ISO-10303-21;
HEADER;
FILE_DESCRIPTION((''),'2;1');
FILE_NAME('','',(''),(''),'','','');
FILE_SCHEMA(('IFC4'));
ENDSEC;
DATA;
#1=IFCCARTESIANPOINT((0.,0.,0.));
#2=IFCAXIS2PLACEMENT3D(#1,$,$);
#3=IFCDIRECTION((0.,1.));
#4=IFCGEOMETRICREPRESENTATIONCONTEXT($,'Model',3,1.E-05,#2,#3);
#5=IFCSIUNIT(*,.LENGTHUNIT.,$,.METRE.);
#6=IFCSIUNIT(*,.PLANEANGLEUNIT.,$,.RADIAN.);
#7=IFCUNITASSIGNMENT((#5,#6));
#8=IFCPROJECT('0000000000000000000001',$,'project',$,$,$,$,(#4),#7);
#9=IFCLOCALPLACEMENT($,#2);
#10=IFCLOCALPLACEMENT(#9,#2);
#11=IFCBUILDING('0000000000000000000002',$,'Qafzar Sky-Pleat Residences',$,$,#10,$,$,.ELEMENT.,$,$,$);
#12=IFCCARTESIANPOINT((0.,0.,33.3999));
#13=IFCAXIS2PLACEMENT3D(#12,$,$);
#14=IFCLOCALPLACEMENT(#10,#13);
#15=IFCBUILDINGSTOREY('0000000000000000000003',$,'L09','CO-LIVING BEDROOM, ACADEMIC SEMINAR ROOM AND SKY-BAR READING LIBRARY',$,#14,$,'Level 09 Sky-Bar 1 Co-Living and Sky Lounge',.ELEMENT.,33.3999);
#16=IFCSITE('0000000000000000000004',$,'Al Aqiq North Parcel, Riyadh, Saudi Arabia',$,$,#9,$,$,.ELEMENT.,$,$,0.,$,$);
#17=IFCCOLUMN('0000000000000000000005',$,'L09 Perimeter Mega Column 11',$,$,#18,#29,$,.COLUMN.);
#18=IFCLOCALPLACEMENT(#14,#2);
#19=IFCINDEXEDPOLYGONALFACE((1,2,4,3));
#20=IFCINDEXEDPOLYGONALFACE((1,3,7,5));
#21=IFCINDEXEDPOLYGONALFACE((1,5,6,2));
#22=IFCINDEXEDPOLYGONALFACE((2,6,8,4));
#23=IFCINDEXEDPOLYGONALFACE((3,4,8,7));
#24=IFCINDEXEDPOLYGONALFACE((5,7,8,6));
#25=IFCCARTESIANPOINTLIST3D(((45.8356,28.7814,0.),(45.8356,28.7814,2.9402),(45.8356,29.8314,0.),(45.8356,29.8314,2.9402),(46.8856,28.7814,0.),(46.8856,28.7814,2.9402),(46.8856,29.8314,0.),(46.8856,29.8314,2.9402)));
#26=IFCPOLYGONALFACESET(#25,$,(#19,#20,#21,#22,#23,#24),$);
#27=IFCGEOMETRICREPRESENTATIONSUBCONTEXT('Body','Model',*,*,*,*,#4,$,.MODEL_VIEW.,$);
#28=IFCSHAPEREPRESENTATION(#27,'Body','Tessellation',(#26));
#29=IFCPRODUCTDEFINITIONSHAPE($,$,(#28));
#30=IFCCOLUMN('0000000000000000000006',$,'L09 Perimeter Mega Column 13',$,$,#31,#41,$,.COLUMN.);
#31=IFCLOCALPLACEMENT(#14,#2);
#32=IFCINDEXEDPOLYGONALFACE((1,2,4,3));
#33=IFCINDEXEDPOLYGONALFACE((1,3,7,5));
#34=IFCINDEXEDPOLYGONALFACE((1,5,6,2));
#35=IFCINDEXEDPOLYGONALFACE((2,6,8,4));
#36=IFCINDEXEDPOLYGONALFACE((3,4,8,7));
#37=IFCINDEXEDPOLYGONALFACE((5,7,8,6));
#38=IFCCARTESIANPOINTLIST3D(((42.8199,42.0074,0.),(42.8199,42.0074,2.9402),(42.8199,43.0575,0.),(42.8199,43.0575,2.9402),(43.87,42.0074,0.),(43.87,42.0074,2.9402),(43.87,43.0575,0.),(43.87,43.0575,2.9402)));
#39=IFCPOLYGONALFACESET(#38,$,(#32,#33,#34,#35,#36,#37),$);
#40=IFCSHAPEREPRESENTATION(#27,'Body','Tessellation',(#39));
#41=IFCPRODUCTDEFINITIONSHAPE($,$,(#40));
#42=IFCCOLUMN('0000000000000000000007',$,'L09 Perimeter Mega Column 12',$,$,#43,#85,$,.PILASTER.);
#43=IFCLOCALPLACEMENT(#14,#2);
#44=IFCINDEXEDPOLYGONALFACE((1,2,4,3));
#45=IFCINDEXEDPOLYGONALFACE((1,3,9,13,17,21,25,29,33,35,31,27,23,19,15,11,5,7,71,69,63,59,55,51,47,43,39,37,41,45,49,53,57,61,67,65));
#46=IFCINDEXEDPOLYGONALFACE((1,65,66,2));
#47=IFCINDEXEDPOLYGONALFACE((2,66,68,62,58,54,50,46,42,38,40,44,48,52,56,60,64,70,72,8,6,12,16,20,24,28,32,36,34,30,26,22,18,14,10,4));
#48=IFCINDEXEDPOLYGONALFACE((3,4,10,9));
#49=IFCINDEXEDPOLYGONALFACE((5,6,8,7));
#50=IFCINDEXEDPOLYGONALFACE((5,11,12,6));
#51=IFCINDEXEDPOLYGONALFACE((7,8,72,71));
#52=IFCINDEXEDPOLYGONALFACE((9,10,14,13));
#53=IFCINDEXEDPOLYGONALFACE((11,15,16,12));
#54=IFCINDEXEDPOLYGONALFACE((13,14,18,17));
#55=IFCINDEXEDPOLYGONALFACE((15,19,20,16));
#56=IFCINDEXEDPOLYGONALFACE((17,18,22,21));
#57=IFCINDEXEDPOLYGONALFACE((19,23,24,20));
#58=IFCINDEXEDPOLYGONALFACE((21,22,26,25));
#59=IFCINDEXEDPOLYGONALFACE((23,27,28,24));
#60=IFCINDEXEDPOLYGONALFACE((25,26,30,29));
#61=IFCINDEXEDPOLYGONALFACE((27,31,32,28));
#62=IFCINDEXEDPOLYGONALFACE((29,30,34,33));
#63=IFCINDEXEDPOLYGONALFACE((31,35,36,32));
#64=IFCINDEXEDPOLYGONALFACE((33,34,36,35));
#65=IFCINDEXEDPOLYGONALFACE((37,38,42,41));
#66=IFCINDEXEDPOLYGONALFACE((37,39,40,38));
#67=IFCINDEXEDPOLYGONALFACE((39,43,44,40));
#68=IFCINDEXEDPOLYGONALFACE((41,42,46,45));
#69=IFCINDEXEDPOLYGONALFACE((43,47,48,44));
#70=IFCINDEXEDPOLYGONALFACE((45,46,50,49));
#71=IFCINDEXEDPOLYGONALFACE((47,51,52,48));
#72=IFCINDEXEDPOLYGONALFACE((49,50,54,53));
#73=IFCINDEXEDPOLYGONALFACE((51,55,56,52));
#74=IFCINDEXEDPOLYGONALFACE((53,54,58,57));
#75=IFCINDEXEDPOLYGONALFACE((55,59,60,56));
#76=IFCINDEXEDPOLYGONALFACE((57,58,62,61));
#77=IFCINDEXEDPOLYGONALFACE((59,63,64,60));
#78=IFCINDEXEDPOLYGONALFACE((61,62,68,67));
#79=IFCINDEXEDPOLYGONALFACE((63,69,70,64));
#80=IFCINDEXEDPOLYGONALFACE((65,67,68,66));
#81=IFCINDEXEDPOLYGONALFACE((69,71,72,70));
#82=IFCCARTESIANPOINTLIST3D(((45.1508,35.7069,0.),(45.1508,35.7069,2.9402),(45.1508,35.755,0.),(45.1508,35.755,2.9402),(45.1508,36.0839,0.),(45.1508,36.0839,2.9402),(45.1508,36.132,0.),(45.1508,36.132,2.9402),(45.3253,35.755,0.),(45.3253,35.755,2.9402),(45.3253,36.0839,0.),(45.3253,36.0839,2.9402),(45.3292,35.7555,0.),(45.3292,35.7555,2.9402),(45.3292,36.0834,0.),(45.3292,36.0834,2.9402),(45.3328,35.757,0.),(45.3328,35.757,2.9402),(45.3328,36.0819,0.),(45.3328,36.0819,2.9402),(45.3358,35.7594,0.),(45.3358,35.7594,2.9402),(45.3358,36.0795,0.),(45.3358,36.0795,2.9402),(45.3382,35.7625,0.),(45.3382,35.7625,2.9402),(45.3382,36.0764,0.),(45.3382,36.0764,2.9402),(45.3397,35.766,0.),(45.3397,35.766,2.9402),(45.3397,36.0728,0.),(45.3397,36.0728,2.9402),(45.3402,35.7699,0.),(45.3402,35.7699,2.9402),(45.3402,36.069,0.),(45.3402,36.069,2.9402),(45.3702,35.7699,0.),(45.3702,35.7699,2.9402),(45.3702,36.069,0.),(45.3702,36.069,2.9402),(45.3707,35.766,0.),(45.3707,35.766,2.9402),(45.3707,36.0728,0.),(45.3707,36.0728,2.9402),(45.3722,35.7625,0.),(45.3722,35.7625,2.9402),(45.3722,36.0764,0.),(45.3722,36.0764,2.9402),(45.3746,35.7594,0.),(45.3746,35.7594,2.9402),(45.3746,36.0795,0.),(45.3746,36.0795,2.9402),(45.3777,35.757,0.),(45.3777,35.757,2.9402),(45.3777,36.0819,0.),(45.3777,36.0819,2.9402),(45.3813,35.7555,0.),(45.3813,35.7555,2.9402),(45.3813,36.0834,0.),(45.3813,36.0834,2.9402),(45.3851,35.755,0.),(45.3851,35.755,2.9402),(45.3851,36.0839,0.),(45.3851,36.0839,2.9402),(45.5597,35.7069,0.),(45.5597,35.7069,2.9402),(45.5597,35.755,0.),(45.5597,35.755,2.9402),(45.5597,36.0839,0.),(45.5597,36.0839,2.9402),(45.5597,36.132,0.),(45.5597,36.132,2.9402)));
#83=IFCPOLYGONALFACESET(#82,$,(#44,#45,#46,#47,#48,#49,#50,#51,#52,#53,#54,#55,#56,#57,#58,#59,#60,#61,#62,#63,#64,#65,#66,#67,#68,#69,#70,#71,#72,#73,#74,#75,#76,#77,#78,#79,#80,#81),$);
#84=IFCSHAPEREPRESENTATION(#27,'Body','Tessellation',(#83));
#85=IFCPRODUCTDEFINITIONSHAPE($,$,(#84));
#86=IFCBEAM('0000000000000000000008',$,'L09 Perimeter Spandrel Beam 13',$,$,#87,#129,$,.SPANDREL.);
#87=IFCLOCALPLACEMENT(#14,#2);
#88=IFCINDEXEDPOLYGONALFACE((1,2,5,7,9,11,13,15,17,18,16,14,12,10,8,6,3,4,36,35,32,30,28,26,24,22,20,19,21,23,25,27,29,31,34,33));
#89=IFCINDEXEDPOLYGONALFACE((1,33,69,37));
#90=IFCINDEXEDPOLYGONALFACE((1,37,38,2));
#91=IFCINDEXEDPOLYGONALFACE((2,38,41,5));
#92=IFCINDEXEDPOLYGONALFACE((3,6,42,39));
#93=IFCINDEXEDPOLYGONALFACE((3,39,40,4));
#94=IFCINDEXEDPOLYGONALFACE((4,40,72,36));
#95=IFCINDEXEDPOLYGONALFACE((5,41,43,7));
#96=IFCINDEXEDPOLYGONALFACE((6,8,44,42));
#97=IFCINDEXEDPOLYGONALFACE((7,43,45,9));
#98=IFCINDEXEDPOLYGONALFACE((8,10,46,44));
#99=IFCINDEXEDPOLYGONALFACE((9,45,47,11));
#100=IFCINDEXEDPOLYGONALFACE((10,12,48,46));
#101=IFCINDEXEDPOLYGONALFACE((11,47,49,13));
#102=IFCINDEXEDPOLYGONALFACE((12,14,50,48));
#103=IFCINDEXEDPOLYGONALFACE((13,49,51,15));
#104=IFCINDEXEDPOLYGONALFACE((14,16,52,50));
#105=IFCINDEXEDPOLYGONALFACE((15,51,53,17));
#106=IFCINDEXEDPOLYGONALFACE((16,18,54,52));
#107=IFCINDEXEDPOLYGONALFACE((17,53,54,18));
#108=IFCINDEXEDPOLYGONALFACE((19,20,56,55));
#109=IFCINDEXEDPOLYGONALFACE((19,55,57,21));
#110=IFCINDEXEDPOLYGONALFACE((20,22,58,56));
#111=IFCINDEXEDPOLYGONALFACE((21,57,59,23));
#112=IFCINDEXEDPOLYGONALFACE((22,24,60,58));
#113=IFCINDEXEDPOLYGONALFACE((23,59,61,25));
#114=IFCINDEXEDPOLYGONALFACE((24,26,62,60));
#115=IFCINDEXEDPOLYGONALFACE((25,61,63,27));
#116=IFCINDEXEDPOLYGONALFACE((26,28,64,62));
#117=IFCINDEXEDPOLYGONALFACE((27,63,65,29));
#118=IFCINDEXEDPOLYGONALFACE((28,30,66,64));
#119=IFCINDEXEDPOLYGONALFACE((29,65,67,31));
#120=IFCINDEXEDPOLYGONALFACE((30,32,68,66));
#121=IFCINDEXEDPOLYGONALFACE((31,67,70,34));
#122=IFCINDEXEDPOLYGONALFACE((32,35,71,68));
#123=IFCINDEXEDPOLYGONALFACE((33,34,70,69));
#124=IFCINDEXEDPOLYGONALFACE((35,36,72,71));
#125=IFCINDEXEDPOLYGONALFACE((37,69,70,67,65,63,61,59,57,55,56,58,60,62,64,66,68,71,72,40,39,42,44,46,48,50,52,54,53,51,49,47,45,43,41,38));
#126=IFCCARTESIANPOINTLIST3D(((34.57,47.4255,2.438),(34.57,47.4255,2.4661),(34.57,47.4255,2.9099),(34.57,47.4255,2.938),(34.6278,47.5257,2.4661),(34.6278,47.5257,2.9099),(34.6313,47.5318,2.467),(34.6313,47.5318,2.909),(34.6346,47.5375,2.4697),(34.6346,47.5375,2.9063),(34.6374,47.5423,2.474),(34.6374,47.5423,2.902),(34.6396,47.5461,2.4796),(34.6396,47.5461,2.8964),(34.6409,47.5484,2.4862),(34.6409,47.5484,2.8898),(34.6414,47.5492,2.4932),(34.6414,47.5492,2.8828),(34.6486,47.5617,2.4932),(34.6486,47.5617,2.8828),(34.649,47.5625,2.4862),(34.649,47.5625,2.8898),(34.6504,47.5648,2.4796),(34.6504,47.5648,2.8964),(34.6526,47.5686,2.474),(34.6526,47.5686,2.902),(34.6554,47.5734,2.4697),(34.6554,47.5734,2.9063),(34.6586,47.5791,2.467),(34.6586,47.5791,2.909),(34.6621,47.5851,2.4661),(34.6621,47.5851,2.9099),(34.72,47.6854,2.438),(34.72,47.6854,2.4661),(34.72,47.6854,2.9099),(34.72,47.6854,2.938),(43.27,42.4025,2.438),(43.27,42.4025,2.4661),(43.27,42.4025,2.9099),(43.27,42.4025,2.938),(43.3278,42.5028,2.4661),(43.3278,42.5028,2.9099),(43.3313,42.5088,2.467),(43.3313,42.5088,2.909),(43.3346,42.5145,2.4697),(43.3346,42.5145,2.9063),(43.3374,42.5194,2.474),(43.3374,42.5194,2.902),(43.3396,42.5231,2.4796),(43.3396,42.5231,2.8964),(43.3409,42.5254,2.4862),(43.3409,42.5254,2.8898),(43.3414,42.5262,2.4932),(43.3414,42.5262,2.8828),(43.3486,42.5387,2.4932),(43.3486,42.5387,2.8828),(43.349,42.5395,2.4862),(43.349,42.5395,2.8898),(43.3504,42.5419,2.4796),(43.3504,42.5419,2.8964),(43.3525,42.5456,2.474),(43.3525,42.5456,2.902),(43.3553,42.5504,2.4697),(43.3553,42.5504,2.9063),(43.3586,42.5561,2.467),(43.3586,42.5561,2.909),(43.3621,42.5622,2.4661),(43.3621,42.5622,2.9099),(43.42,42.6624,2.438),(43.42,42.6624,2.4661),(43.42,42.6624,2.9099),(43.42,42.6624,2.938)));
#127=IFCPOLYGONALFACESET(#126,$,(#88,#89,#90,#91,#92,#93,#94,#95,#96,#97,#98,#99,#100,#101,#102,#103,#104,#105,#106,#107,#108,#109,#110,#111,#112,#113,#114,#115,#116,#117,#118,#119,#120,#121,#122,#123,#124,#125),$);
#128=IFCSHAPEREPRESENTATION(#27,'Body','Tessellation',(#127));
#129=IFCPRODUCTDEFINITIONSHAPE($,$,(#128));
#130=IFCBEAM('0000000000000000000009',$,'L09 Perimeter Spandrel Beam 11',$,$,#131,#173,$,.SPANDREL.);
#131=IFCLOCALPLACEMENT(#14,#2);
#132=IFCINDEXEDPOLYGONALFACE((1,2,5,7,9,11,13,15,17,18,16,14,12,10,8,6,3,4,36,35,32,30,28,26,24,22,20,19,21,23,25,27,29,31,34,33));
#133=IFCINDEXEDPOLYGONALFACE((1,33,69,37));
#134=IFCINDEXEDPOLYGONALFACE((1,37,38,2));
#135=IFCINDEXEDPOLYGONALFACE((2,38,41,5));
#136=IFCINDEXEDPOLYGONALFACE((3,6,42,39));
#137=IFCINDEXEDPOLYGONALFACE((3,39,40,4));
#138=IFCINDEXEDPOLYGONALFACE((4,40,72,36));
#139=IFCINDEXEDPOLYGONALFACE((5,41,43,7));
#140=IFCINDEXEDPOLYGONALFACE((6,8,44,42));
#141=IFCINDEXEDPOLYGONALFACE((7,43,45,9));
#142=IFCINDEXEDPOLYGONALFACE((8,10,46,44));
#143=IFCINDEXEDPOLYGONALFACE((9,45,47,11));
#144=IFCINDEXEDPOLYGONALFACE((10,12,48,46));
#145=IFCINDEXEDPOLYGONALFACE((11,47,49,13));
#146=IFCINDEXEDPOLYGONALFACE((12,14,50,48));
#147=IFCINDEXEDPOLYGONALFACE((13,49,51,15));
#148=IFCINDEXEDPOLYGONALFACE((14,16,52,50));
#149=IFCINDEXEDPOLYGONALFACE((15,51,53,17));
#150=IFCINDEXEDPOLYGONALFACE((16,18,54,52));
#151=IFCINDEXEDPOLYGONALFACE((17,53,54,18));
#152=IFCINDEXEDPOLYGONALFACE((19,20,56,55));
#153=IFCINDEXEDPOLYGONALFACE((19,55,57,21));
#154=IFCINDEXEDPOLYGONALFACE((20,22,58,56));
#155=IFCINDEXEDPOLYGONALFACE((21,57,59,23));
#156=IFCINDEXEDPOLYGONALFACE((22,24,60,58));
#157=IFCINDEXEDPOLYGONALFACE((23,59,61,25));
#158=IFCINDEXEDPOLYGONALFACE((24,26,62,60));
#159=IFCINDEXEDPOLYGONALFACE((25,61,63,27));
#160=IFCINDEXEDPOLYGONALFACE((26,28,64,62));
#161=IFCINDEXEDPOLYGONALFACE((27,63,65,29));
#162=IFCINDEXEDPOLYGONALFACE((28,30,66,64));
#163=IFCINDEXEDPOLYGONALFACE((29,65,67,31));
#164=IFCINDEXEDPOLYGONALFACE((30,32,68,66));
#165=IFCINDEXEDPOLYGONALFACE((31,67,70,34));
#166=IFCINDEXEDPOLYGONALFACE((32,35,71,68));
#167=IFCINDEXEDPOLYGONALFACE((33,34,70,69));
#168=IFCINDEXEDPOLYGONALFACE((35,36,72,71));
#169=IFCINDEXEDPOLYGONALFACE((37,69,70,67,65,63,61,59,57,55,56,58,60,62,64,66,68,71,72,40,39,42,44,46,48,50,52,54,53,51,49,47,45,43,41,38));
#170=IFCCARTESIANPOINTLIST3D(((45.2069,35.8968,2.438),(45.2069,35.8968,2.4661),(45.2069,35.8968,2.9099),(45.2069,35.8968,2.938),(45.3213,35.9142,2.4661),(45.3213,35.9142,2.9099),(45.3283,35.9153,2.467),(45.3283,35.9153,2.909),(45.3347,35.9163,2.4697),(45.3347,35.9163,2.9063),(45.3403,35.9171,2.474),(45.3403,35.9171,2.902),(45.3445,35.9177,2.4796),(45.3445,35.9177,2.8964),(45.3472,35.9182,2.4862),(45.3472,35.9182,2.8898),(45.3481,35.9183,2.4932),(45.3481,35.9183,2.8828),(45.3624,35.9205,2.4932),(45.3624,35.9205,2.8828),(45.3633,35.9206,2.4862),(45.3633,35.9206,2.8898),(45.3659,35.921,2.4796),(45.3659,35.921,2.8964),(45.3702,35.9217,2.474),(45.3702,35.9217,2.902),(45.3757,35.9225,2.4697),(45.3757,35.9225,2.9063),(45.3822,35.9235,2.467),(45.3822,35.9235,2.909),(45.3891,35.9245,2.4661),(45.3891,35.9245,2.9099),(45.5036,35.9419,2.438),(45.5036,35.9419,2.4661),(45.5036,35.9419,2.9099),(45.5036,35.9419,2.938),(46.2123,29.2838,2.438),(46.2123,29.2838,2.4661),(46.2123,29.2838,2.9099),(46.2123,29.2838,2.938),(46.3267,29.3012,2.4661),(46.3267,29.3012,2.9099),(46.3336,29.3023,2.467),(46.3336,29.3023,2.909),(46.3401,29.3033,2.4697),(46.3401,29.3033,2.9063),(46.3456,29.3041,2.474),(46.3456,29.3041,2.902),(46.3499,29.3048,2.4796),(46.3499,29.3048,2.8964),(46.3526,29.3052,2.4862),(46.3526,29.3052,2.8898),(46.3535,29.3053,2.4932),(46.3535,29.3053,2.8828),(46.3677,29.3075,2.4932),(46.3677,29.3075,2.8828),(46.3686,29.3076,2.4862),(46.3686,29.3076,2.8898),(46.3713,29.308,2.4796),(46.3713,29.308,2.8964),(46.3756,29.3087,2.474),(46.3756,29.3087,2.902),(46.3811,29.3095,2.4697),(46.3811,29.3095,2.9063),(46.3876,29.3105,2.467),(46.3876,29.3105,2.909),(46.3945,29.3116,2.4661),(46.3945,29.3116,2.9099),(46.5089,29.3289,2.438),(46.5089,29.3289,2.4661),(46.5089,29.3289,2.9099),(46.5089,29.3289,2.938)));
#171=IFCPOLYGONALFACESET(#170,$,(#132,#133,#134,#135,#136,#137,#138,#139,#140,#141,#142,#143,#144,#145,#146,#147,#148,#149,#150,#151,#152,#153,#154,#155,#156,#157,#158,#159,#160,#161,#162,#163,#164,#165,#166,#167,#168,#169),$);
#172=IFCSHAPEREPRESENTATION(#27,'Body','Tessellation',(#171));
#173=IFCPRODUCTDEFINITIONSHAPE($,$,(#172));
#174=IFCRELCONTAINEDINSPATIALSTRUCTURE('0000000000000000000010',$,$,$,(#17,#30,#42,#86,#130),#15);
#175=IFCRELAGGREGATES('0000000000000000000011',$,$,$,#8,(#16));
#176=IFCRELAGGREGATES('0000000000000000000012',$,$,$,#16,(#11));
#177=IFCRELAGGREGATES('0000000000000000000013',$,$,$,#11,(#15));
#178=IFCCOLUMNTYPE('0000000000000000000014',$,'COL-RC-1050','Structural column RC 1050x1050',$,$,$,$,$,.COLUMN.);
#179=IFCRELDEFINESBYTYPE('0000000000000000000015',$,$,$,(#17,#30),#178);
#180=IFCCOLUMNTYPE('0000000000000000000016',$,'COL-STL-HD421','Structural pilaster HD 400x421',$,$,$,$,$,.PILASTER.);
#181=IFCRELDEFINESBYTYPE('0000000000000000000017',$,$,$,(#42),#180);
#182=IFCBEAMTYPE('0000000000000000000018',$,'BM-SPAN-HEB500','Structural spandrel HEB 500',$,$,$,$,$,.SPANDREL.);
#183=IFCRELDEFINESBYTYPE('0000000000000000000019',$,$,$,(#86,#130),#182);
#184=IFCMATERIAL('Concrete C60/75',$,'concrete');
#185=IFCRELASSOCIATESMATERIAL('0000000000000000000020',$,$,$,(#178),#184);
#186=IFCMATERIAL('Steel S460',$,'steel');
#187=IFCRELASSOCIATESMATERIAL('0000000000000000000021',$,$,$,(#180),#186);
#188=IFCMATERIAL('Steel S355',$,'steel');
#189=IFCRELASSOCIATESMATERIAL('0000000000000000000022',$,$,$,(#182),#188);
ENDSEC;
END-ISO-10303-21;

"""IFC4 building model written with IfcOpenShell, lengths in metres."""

from ifc_helpers import new_model, si_unit, direction, frame, origin, origin_2d, place, context, subcontext, project, spatial, rectangle, i_section, extrude, source, transform, mapped, material, material_profile, profile_set, type_object, element, save


model = new_model("IFC4")

# Units and contexts
model_context = context("Model", 3, precision=1e-05, world=origin(), true_north=direction((0.0, 1.0)))
body_context = subcontext(model_context, "Body", "Model", "MODEL_VIEW")
ifc_project = project(units=[si_unit("LENGTHUNIT", "METRE"), si_unit("PLANEANGLEUNIT", "RADIAN")], contexts=[model_context])

# Site, building, storey
site_placement = place(None, origin())
site = spatial("IfcSite", under=ifc_project, at=site_placement, Name="Al Aqiq North Parcel, Riyadh, Saudi Arabia", CompositionType="ELEMENT", RefElevation=0.0)
building_placement = place(site_placement, origin())
building = spatial("IfcBuilding", under=site, at=building_placement, Name="Qafzar Sky-Pleat Residences", CompositionType="ELEMENT")
storey_placement = place(building_placement, frame((0.0, 0.0, 33.3999)))
storey = spatial("IfcBuildingStorey", under=building, at=storey_placement, Name="L09", Description="CO-LIVING BEDROOM, ACADEMIC SEMINAR ROOM AND SKY-BAR READING LIBRARY", LongName="Level 09 Sky-Bar 1 Co-Living and Sky Lounge", CompositionType="ELEMENT", Elevation=33.3999)

# Columns
ifc_material_1 = material(Name="Concrete C60/75", Category="concrete")
ifc_material_profile_1 = material_profile(ifc_material_1, rectangle(XDim=1.05, YDim=1.05, at=origin_2d()), Name="RC 1050x1050")
ifc_profile_set_1 = profile_set([ifc_material_profile_1], Name="Concrete C60/75")
column_type_1 = type_object("IfcColumnType", Name="COL-RC-1050", Description="Structural column RC 1050x1050", PredefinedType="COLUMN", material=ifc_profile_set_1)
shared_shape_1 = source(origin(), body_context, "Body", "SweptSolid", [
    extrude(rectangle(XDim=1.05, YDim=1.05, at=origin_2d()), origin(), (0.0, 0.0, 1.0), 2.9402),
])
for number, where, z_axis, x_axis, name in (
    (1, (46.3606, 29.3064, 0.0), (0.0, 0.0, 1.0), (1.0, 0.0, 0.0), "L09 Perimeter Mega Column 11"),
    (2, (43.345, 42.5325, 0.0), (0.0, 0.0, 1.0), (1.0, 0.0, 0.0), "L09 Perimeter Mega Column 13"),
):
    element("IfcColumn", number, at=place(storey_placement, frame(where, z_axis=z_axis, x_axis=x_axis)), inside=storey, type_object=column_type_1, Name=name, PredefinedType="COLUMN", context=body_context, shape_type="MappedRepresentation", body=[
        mapped(shared_shape_1, transform((0.0, 0.0, 0.0), x_axis=(1.0, 0.0, 0.0), y_axis=(0.0, 1.0, 0.0), z_axis=(0.0, 0.0, 1.0), scale=1.0)),
    ])
ifc_material_2 = material(Name="Steel S460", Category="steel")
ifc_material_profile_2 = material_profile(ifc_material_2, i_section(OverallWidth=0.4089, OverallDepth=0.425, WebThickness=0.03, FlangeThickness=0.0481, FilletRadius=0.0149, at=origin_2d()), Name="HD 400x421")
ifc_profile_set_2 = profile_set([ifc_material_profile_2], Name="Steel S460")
column_type_2 = type_object("IfcColumnType", Name="COL-STL-HD421", Description="Structural pilaster HD 400x421", PredefinedType="PILASTER", material=ifc_profile_set_2)
shared_shape_2 = source(origin(), body_context, "Body", "SweptSolid", [
    extrude(i_section(OverallWidth=0.4089, OverallDepth=0.425, WebThickness=0.03, FlangeThickness=0.0481, FilletRadius=0.0149, at=origin_2d()), origin(), (0.0, 0.0, 1.0), 2.9402),
])
column_placement = place(storey_placement, frame((45.3552, 35.9194, 0.0), z_axis=(0.0, 0.0, 1.0), x_axis=(1.0, 0.0, 0.0)))
element("IfcColumn", 3, at=column_placement, inside=storey, type_object=column_type_2, Name="L09 Perimeter Mega Column 12", PredefinedType="PILASTER", context=body_context, shape_type="MappedRepresentation", body=[
    mapped(shared_shape_2, transform((0.0, 0.0, 0.0), x_axis=(1.0, 0.0, 0.0), y_axis=(0.0, 1.0, 0.0), z_axis=(0.0, 0.0, 1.0), scale=1.0)),
])

# Beams
ifc_material_3 = material(Name="Steel S355", Category="steel")
ifc_material_profile_3 = material_profile(ifc_material_3, i_section(OverallWidth=0.3, OverallDepth=0.5, WebThickness=0.0144, FlangeThickness=0.0281, FilletRadius=0.0271, at=origin_2d()), Name="HEB 500")
ifc_profile_set_3 = profile_set([ifc_material_profile_3], Name="Steel S355")
beam_type_1 = type_object("IfcBeamType", Name="BM-SPAN-HEB500", Description="Structural spandrel HEB 500", PredefinedType="SPANDREL", material=ifc_profile_set_3)
shared_shape_3 = source(origin(), body_context, "Body", "SweptSolid", [
    extrude(i_section(OverallWidth=0.3, OverallDepth=0.5, WebThickness=0.0144, FlangeThickness=0.0281, FilletRadius=0.0271, at=origin_2d()), origin(), (0.0, 0.0, 1.0), 10.0459),
])
beam_1_placement = place(storey_placement, frame((43.345, 42.5325, 2.688), z_axis=(-0.866024, 0.500002, 0.0), x_axis=(-0.500002, -0.866024, 0.0)))
element("IfcBeam", 4, at=beam_1_placement, inside=storey, type_object=beam_type_1, Name="L09 Perimeter Spandrel Beam 13", PredefinedType="SPANDREL", context=body_context, shape_type="MappedRepresentation", body=[
    mapped(shared_shape_3, transform((0.0, 0.0, 0.0), x_axis=(1.0, 0.0, 0.0), y_axis=(0.0, 1.0, 0.0), z_axis=(0.0, 0.0, 1.0), scale=1.0)),
])
shared_shape_4 = source(origin(), body_context, "Body", "SweptSolid", [
    extrude(i_section(OverallWidth=0.3, OverallDepth=0.5, WebThickness=0.0144, FlangeThickness=0.0281, FilletRadius=0.0271, at=origin_2d()), origin(), (0.0, 0.0, 1.0), 6.689),
])
beam_2_placement = place(storey_placement, frame((46.3606, 29.3064, 2.688), z_axis=(-0.150302, 0.98864, 0.0), x_axis=(-0.98864, -0.150302, 0.0)))
element("IfcBeam", 5, at=beam_2_placement, inside=storey, type_object=beam_type_1, Name="L09 Perimeter Spandrel Beam 11", PredefinedType="SPANDREL", context=body_context, shape_type="MappedRepresentation", body=[
    mapped(shared_shape_4, transform((0.0, 0.0, 0.0), x_axis=(1.0, 0.0, 0.0), y_axis=(0.0, 1.0, 0.0), z_axis=(0.0, 0.0, 1.0), scale=1.0)),
])

save(model, "model.ifc")
